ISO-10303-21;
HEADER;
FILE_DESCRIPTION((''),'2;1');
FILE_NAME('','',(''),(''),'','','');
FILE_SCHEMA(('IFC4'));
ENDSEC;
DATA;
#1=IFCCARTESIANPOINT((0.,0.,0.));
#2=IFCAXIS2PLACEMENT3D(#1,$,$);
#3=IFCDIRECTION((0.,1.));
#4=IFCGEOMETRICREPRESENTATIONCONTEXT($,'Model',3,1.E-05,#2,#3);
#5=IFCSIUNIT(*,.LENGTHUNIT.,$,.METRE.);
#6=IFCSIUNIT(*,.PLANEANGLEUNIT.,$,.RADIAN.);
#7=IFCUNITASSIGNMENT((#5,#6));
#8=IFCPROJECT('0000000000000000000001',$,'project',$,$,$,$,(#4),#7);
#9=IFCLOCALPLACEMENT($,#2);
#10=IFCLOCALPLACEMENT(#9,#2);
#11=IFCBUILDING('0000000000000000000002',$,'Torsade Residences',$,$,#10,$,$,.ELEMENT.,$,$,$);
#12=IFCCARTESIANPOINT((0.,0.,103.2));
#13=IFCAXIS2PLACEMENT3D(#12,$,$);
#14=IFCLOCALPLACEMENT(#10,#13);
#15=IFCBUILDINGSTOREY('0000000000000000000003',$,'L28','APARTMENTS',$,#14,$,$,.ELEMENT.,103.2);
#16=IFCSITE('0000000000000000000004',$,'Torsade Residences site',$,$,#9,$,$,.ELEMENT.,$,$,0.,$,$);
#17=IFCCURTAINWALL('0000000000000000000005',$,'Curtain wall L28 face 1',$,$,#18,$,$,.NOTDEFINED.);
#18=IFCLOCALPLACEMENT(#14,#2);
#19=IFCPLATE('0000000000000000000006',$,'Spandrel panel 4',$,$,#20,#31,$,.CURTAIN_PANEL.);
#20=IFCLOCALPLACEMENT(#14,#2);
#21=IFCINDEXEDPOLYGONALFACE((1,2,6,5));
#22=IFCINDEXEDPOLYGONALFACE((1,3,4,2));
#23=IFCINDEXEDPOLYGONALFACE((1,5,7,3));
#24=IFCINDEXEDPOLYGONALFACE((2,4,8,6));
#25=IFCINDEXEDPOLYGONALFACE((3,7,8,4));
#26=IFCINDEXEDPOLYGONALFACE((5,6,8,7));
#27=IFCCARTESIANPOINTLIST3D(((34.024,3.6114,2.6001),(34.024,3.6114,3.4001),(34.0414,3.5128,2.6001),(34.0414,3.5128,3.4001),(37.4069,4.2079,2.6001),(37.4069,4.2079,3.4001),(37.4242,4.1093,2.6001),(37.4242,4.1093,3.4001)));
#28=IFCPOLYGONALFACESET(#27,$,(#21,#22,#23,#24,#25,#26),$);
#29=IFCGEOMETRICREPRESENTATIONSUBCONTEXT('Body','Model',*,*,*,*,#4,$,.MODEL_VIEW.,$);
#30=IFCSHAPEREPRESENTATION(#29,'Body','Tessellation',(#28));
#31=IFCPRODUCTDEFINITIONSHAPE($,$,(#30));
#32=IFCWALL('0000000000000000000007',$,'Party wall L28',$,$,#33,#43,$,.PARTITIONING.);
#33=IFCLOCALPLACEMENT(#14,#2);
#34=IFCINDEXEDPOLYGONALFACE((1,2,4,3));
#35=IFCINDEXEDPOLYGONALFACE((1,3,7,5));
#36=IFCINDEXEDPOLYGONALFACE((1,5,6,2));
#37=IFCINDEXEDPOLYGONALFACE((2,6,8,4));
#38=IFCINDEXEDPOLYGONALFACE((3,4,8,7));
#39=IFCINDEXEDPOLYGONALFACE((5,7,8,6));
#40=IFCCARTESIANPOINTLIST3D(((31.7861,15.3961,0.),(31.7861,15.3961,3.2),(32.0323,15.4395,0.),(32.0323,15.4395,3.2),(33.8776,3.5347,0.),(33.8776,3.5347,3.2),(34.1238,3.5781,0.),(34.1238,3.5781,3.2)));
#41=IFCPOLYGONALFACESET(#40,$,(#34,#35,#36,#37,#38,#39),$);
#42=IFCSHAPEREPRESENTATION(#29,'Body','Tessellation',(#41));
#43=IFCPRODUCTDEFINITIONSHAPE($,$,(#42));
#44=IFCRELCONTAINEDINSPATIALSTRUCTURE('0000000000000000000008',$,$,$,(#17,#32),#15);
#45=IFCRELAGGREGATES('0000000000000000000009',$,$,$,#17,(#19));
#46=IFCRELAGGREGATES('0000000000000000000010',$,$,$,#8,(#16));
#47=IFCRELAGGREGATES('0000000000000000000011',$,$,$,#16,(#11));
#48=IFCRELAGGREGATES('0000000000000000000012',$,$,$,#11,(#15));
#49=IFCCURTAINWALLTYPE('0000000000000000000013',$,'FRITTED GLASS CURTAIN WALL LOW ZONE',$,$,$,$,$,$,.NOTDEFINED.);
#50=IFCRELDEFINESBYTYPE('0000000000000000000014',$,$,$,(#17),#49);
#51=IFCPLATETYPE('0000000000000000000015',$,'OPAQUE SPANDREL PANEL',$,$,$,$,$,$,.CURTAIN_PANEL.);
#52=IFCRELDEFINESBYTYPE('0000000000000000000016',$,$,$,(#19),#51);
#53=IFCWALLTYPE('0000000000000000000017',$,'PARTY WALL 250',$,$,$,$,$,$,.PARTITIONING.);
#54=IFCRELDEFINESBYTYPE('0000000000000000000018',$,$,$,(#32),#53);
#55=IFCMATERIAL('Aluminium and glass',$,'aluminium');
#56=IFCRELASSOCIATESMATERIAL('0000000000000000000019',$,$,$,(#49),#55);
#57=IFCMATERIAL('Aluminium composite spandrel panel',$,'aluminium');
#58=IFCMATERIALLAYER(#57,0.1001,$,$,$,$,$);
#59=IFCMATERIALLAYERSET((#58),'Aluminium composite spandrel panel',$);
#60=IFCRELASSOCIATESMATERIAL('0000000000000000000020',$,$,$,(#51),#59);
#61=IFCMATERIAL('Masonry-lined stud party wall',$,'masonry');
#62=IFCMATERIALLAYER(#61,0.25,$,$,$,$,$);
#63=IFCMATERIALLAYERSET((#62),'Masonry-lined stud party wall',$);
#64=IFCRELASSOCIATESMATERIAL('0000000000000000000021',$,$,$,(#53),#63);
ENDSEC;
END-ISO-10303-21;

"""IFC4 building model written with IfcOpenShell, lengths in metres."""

from ifc_helpers import new_model, si_unit, direction, frame, frame_2d, origin, origin_2d, place, context, subcontext, project, spatial, rectangle, extrude, material, layer, layer_set, type_object, element, aggregate, save


model = new_model("IFC4")

# Units and contexts
model_context = context("Model", 3, precision=1e-05, world=origin(), true_north=direction((0.0, 1.0)))
body_context = subcontext(model_context, "Body", "Model", "MODEL_VIEW")
ifc_project = project(units=[si_unit("LENGTHUNIT", "METRE"), si_unit("PLANEANGLEUNIT", "RADIAN")], contexts=[model_context])

# Site, building, storey
site_placement = place(None, origin())
site = spatial("IfcSite", under=ifc_project, at=site_placement, Name="Torsade Residences site", CompositionType="ELEMENT", RefElevation=0.0)
building_placement = place(site_placement, origin())
building = spatial("IfcBuilding", under=site, at=building_placement, Name="Torsade Residences", CompositionType="ELEMENT")
storey_placement = place(building_placement, frame((0.0, 0.0, 103.2)))
storey = spatial("IfcBuildingStorey", under=building, at=storey_placement, Name="L28", Description="APARTMENTS", CompositionType="ELEMENT", Elevation=103.2)

# Curtain wall
ifc_material_1 = material(Name="Aluminium and glass", Category="aluminium")
curtain_wall_type = type_object("IfcCurtainWallType", Name="FRITTED GLASS CURTAIN WALL LOW ZONE", PredefinedType="NOTDEFINED", material=ifc_material_1)
curtain_wall_placement = place(storey_placement, origin())
curtain_wall = element("IfcCurtainWall", 1, at=curtain_wall_placement, inside=storey, type_object=curtain_wall_type, Name="Curtain wall L28 face 1", PredefinedType="NOTDEFINED")

# Plate
ifc_material_2 = material(Name="Aluminium composite spandrel panel", Category="aluminium")
ifc_layer_1 = layer(ifc_material_2, 0.1001)
ifc_layer_set_1 = layer_set([ifc_layer_1], Name="Aluminium composite spandrel panel")
plate_type_1 = type_object("IfcPlateType", Name="OPAQUE SPANDREL PANEL", PredefinedType="CURTAIN_PANEL", material=ifc_layer_set_1)
plate_1_placement = place(storey_placement, frame((35.7241, 3.8604, 2.6001), z_axis=(0.0, 0.0, 1.0), x_axis=(0.984808, 0.173648, 0.0)))
plate_1 = element("IfcPlate", 2, at=plate_1_placement, type_object=plate_type_1, Name="Spandrel panel 4", PredefinedType="CURTAIN_PANEL", context=body_context, shape_type="SweptSolid", body=[
    extrude(rectangle(XDim=3.4351, YDim=0.1001, at=origin_2d()), origin(), (0.0, 0.0, 1.0), 0.8),
])
aggregate(curtain_wall, [plate_1])

# Wall
ifc_material_3 = material(Name="Masonry-lined stud party wall", Category="masonry")
ifc_layer_2 = layer(ifc_material_3, 0.25)
ifc_layer_set_2 = layer_set([ifc_layer_2], Name="Masonry-lined stud party wall")
wall_type = type_object("IfcWallType", Name="PARTY WALL 250", PredefinedType="PARTITIONING", material=ifc_layer_set_2)
wall_placement = place(storey_placement, frame((34.0007, 3.5564, 0.0), z_axis=(0.0, 0.0, 1.0), x_axis=(-0.173655, 0.984807, 0.0)))
element("IfcWall", 3, at=wall_placement, inside=storey, type_object=wall_type, Name="Party wall L28", PredefinedType="PARTITIONING", context=body_context, shape_type="SweptSolid", body=[
    extrude(rectangle(XDim=12.0444, YDim=0.25, at=frame_2d((6.0222, 0.0))), origin(), (0.0, 0.0, 1.0), 3.2),
])

save(model, "model.ifc")
